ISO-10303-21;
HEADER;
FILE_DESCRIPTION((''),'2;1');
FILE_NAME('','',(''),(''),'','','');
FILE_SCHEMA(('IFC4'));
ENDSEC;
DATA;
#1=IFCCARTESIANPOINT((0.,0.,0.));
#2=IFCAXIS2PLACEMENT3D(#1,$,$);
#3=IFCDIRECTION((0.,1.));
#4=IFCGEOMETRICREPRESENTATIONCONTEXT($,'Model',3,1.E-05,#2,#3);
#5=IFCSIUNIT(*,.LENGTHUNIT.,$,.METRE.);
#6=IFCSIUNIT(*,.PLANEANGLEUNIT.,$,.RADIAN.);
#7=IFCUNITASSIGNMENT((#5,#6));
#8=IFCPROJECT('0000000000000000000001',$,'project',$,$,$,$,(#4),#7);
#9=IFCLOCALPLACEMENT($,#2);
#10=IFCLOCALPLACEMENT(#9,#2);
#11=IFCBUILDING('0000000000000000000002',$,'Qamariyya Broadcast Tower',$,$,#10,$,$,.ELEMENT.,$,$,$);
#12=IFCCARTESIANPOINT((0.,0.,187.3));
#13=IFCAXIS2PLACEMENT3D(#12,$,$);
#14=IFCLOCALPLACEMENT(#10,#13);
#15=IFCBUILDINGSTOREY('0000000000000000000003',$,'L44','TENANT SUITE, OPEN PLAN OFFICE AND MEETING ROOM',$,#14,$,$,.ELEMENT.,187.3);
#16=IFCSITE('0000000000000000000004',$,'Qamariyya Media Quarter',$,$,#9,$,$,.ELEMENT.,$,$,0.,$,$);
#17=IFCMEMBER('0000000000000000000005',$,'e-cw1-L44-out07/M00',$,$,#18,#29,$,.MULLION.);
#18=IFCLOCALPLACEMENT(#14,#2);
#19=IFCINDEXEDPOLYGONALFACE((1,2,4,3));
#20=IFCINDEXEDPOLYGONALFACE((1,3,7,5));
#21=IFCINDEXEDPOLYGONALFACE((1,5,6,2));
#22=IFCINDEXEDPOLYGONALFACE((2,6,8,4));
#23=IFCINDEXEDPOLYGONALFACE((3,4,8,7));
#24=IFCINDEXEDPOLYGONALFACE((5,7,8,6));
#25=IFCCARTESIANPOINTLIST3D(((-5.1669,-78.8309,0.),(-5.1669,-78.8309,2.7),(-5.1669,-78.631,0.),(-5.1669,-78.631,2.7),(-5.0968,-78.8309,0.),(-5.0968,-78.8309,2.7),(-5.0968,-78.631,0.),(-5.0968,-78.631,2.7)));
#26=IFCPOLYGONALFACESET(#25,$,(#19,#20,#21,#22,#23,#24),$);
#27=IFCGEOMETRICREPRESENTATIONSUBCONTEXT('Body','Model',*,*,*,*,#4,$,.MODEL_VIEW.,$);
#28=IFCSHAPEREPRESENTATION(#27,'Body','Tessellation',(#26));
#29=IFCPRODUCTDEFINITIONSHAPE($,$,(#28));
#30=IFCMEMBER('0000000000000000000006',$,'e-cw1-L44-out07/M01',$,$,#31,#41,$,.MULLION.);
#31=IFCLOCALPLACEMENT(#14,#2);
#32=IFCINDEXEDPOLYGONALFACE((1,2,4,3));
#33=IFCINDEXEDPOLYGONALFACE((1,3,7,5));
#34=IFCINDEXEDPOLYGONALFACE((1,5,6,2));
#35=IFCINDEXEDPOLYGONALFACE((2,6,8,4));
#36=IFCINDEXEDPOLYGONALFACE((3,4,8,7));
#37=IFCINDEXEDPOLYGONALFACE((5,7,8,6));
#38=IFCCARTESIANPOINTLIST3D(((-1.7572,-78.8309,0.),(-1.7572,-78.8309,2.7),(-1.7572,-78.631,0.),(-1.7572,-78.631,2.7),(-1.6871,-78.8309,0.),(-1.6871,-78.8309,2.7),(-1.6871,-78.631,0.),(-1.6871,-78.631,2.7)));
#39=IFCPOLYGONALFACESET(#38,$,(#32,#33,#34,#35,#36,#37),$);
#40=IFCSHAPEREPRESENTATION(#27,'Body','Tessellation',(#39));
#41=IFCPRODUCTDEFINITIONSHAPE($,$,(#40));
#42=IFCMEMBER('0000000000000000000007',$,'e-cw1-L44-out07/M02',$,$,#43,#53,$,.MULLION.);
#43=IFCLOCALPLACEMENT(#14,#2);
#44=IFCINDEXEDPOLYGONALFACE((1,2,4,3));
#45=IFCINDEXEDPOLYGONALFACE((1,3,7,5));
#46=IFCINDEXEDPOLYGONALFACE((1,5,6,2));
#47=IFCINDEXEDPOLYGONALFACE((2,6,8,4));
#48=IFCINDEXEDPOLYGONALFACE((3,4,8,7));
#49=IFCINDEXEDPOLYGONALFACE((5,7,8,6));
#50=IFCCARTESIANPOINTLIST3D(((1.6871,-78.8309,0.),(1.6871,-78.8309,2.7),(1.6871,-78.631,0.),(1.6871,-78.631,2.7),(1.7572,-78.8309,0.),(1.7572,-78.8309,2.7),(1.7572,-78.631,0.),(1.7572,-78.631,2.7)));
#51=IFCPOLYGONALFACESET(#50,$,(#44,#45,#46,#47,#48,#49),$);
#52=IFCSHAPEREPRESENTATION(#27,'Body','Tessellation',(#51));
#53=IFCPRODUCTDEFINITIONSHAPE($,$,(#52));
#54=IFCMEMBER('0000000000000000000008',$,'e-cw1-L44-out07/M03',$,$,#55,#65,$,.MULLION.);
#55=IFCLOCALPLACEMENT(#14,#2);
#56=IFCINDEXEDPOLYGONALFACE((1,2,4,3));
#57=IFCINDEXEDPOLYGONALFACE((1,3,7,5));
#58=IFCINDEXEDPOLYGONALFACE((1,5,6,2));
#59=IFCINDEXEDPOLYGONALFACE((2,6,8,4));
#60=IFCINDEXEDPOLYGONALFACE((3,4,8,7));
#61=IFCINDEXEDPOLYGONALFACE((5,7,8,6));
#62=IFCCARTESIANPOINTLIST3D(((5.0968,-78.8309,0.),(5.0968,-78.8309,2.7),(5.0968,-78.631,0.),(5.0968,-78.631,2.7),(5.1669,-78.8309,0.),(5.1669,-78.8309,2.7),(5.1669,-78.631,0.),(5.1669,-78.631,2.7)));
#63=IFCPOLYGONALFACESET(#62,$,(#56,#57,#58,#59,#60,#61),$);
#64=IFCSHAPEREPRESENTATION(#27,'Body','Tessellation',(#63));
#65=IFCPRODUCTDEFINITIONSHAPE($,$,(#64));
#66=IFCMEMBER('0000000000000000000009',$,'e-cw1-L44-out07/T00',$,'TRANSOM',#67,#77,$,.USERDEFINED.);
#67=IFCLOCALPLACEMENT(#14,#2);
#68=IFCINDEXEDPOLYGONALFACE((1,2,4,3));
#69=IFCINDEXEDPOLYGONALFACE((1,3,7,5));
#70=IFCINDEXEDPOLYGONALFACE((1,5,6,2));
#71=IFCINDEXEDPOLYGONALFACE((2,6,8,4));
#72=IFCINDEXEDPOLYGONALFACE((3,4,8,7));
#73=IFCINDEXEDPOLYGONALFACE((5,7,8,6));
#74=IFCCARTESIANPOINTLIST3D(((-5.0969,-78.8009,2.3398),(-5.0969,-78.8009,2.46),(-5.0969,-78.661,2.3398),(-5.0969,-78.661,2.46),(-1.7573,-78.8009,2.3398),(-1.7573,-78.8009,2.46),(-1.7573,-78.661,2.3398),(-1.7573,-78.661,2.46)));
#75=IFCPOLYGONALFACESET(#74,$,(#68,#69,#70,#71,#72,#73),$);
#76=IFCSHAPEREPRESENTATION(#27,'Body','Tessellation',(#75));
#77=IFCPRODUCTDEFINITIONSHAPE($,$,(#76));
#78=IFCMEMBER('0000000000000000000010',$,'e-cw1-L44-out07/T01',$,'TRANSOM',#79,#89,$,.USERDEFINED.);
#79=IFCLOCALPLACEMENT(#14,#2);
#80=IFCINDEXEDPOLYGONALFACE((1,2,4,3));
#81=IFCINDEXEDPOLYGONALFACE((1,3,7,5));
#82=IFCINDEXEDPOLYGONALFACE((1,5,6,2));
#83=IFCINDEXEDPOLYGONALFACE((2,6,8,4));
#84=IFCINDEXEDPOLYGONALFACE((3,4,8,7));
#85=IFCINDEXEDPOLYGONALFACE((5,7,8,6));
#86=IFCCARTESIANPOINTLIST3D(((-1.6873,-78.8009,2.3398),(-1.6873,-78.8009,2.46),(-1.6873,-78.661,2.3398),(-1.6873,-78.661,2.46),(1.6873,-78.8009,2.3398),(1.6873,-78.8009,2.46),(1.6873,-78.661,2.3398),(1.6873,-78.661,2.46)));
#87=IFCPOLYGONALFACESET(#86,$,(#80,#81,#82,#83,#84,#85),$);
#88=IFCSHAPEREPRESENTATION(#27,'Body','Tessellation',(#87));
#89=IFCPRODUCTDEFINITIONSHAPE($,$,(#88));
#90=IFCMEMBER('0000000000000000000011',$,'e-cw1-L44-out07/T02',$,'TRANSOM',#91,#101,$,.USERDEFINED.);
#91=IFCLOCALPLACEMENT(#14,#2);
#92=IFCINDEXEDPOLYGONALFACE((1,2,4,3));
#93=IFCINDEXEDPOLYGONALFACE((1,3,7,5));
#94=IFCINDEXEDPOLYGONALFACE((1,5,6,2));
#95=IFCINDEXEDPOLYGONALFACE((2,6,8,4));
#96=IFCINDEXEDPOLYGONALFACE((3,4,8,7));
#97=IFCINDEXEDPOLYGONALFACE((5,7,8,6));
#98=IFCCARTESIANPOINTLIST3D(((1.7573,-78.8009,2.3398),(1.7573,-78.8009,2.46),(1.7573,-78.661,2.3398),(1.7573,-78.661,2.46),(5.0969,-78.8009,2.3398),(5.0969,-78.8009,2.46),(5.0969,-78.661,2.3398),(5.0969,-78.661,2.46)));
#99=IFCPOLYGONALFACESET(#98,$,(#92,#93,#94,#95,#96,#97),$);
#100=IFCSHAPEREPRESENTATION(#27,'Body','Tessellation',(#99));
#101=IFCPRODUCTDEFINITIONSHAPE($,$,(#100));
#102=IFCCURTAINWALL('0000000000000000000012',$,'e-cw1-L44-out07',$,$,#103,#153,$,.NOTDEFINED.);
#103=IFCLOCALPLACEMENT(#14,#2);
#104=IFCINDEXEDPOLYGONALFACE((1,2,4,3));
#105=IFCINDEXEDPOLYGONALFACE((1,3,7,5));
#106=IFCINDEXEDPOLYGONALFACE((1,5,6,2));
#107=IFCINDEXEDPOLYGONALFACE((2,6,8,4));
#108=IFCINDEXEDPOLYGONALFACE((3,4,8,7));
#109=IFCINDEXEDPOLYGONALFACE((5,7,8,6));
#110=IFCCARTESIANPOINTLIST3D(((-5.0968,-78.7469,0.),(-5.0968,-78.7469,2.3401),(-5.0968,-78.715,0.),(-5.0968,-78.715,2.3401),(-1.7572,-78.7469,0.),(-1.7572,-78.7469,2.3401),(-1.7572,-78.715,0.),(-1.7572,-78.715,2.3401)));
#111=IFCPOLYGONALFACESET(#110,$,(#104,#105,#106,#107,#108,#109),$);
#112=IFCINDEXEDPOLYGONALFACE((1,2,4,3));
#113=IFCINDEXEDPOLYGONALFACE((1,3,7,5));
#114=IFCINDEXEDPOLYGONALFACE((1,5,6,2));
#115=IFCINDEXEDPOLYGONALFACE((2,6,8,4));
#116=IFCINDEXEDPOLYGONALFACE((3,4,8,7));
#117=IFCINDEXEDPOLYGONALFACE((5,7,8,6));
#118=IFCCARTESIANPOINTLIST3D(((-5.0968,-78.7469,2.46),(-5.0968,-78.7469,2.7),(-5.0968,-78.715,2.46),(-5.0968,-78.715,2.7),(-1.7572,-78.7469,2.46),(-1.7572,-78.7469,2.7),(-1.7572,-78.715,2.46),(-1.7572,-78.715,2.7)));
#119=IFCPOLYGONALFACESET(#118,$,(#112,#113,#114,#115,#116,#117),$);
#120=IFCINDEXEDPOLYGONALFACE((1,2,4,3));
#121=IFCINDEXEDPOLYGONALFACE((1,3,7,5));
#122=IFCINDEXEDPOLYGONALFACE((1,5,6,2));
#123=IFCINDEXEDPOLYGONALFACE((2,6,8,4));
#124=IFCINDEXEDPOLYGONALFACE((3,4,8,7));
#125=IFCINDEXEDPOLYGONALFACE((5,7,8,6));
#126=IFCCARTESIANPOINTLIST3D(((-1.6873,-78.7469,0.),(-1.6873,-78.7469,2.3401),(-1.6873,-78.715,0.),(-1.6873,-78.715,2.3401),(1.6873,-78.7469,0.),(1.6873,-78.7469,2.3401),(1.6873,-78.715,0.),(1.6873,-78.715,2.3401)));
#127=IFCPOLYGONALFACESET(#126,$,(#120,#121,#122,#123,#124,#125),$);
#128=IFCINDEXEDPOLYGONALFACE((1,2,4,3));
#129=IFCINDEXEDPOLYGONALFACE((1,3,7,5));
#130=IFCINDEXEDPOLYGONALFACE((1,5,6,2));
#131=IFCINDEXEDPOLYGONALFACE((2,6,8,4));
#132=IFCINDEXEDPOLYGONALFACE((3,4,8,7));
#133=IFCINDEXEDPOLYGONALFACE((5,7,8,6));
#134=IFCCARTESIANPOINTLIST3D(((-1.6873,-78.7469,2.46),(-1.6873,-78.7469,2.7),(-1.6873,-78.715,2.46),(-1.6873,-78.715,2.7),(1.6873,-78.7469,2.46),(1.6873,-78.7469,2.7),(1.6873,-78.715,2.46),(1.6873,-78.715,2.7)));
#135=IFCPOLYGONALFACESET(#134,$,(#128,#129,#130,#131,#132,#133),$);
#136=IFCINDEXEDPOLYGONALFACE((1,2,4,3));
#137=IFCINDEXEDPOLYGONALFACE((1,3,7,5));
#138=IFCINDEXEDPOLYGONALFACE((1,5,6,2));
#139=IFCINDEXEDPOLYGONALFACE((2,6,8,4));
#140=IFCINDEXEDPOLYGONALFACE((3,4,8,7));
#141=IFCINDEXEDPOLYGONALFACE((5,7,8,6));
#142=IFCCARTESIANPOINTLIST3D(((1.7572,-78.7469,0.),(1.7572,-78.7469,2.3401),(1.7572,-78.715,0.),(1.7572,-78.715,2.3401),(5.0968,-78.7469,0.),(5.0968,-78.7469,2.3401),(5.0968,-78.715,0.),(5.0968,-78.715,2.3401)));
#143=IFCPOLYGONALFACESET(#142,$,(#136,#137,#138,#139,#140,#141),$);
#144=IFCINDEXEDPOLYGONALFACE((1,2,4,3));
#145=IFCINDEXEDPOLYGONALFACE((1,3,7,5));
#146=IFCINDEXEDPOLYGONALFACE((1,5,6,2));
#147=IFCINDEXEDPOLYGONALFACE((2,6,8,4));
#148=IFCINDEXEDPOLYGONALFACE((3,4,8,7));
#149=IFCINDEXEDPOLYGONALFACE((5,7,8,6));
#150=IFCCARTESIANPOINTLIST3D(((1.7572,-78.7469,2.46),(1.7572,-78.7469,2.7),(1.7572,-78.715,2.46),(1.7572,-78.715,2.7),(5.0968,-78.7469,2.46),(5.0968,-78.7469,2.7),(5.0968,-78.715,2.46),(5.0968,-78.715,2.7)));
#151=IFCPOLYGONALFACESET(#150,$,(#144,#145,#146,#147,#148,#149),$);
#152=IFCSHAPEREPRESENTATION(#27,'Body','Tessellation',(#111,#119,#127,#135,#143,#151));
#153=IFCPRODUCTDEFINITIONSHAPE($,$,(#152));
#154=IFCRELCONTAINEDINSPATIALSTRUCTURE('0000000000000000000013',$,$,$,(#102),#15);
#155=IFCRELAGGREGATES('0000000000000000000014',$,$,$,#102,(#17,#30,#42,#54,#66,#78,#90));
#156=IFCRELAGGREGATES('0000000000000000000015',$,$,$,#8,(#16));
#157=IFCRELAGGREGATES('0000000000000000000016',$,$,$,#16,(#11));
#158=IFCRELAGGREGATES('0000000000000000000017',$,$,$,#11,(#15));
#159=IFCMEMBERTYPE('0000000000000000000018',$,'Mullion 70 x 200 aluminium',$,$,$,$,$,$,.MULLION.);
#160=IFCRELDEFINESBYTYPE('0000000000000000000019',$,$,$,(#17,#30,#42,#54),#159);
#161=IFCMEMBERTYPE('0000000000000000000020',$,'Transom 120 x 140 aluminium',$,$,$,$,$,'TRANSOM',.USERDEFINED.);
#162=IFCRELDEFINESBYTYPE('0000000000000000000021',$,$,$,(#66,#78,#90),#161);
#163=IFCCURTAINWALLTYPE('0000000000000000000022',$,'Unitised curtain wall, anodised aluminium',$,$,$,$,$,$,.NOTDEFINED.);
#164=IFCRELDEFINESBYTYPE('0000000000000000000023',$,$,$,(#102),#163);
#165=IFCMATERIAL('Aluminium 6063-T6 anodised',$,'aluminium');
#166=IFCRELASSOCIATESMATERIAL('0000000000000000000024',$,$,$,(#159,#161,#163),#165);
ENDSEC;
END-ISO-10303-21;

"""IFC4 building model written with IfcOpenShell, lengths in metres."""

from ifc_helpers import new_model, si_unit, direction, frame, origin, origin_2d, place, context, subcontext, project, spatial, rectangle, extrude, material, material_profile, profile_set, type_object, element, aggregate, save


model = new_model("IFC4")

# Units and contexts
model_context = context("Model", 3, precision=1e-05, world=origin(), true_north=direction((0.0, 1.0)))
body_context = subcontext(model_context, "Body", "Model", "MODEL_VIEW")
ifc_project = project(units=[si_unit("LENGTHUNIT", "METRE"), si_unit("PLANEANGLEUNIT", "RADIAN")], contexts=[model_context])

# Members
ifc_material = material(Name="Aluminium 6063-T6 anodised", Category="aluminium")
ifc_material_profile_1 = material_profile(ifc_material, rectangle(XDim=0.2, YDim=0.0701, at=origin_2d()))
ifc_profile_set_1 = profile_set([ifc_material_profile_1], Name="Aluminium 6063-T6 anodised")
member_type_1 = type_object("IfcMemberType", Name="Mullion 70 x 200 aluminium", PredefinedType="MULLION", material=ifc_profile_set_1)
site_placement = place(None, origin())
building_placement = place(site_placement, origin())
storey_placement = place(building_placement, frame((0.0, 0.0, 187.3)))
member_1_placement = place(storey_placement, frame((-5.1318, -78.731, 0.0), z_axis=(0.0, 0.0, 1.0), x_axis=(0.0, 1.0, 0.0)))
member_1 = element("IfcMember", 1, at=member_1_placement, type_object=member_type_1, Name="e-cw1-L44-out07/M00", PredefinedType="MULLION", context=body_context, shape_type="SweptSolid", body=[
    extrude(rectangle(XDim=0.2, YDim=0.0701, at=origin_2d()), origin(), (0.0, 0.0, 1.0), 2.7),
])
member_2_placement = place(storey_placement, frame((-1.7222, -78.731, 0.0), z_axis=(0.0, 0.0, 1.0), x_axis=(0.0, 1.0, 0.0)))
member_2 = element("IfcMember", 2, at=member_2_placement, type_object=member_type_1, Name="e-cw1-L44-out07/M01", PredefinedType="MULLION", context=body_context, shape_type="SweptSolid", body=[
    extrude(rectangle(XDim=0.2, YDim=0.0701, at=origin_2d()), origin(), (0.0, 0.0, 1.0), 2.7),
])
member_3_placement = place(storey_placement, frame((1.7222, -78.731, 0.0), z_axis=(0.0, 0.0, 1.0), x_axis=(0.0, 1.0, 0.0)))
member_3 = element("IfcMember", 3, at=member_3_placement, type_object=member_type_1, Name="e-cw1-L44-out07/M02", PredefinedType="MULLION", context=body_context, shape_type="SweptSolid", body=[
    extrude(rectangle(XDim=0.2, YDim=0.0701, at=origin_2d()), origin(), (0.0, 0.0, 1.0), 2.7),
])
member_4_placement = place(storey_placement, frame((5.1318, -78.731, 0.0), z_axis=(0.0, 0.0, 1.0), x_axis=(0.0, 1.0, 0.0)))
member_4 = element("IfcMember", 4, at=member_4_placement, type_object=member_type_1, Name="e-cw1-L44-out07/M03", PredefinedType="MULLION", context=body_context, shape_type="SweptSolid", body=[
    extrude(rectangle(XDim=0.2, YDim=0.0701, at=origin_2d()), origin(), (0.0, 0.0, 1.0), 2.7),
])
ifc_material_profile_2 = material_profile(ifc_material, rectangle(XDim=0.1399, YDim=0.1201, at=origin_2d()))
ifc_profile_set_2 = profile_set([ifc_material_profile_2], Name="Aluminium 6063-T6 anodised")
member_type_2 = type_object("IfcMemberType", Name="Transom 120 x 140 aluminium", ElementType="TRANSOM", PredefinedType="USERDEFINED", material=ifc_profile_set_2)
member_5_placement = place(storey_placement, frame((-5.0969, -78.731, 2.3999), z_axis=(1.0, 0.0, 0.0), x_axis=(0.0, 1.0, 0.0)))
member_5 = element("IfcMember", 5, at=member_5_placement, type_object=member_type_2, Name="e-cw1-L44-out07/T00", ObjectType="TRANSOM", PredefinedType="USERDEFINED", context=body_context, shape_type="SweptSolid", body=[
    extrude(rectangle(XDim=0.1399, YDim=0.1201, at=origin_2d()), origin(), (0.0, 0.0, 1.0), 3.3396),
])
member_6_placement = place(storey_placement, frame((-1.6873, -78.731, 2.3999), z_axis=(1.0, 0.0, 0.0), x_axis=(0.0, 1.0, 0.0)))
member_6 = element("IfcMember", 6, at=member_6_placement, type_object=member_type_2, Name="e-cw1-L44-out07/T01", ObjectType="TRANSOM", PredefinedType="USERDEFINED", context=body_context, shape_type="SweptSolid", body=[
    extrude(rectangle(XDim=0.1399, YDim=0.1201, at=origin_2d()), origin(), (0.0, 0.0, 1.0), 3.3745),
])
member_7_placement = place(storey_placement, frame((1.7573, -78.731, 2.3999), z_axis=(1.0, 0.0, 0.0), x_axis=(0.0, 1.0, 0.0)))
member_7 = element("IfcMember", 7, at=member_7_placement, type_object=member_type_2, Name="e-cw1-L44-out07/T02", ObjectType="TRANSOM", PredefinedType="USERDEFINED", context=body_context, shape_type="SweptSolid", body=[
    extrude(rectangle(XDim=0.1399, YDim=0.1201, at=origin_2d()), origin(), (0.0, 0.0, 1.0), 3.3396),
])

# Site, building, storey
site = spatial("IfcSite", under=ifc_project, at=site_placement, Name="Qamariyya Media Quarter", CompositionType="ELEMENT", RefElevation=0.0)
building = spatial("IfcBuilding", under=site, at=building_placement, Name="Qamariyya Broadcast Tower", CompositionType="ELEMENT")
storey = spatial("IfcBuildingStorey", under=building, at=storey_placement, Name="L44", Description="TENANT SUITE, OPEN PLAN OFFICE AND MEETING ROOM", CompositionType="ELEMENT", Elevation=187.3)

# Curtain wall
curtain_wall_type = type_object("IfcCurtainWallType", Name="Unitised curtain wall, anodised aluminium", PredefinedType="NOTDEFINED", material=ifc_material)
curtain_wall_1_placement = place(storey_placement, origin())
curtain_wall_1 = element("IfcCurtainWall", 8, at=curtain_wall_1_placement, inside=storey, type_object=curtain_wall_type, Name="e-cw1-L44-out07", PredefinedType="NOTDEFINED", context=body_context, shape_type="SweptSolid", body=[
    extrude(rectangle(XDim=3.3396, YDim=0.032, at=origin_2d()), frame((-3.427, -78.731, 0.0), x_axis=(1.0, 0.0, 0.0)), (0.0, 0.0, 1.0), 2.3401),
    extrude(rectangle(XDim=3.3396, YDim=0.032, at=origin_2d()), frame((-3.427, -78.731, 2.46), x_axis=(1.0, 0.0, 0.0)), (0.0, 0.0, 1.0), 0.24),
    extrude(rectangle(XDim=3.3745, YDim=0.032, at=origin_2d()), frame((0.0, -78.731, 0.0), x_axis=(1.0, 0.0, 0.0)), (0.0, 0.0, 1.0), 2.3401),
    extrude(rectangle(XDim=3.3745, YDim=0.032, at=origin_2d()), frame((0.0, -78.731, 2.46), x_axis=(1.0, 0.0, 0.0)), (0.0, 0.0, 1.0), 0.24),
    extrude(rectangle(XDim=3.3396, YDim=0.032, at=origin_2d()), frame((3.427, -78.731, 0.0), x_axis=(1.0, 0.0, 0.0)), (0.0, 0.0, 1.0), 2.3401),
    extrude(rectangle(XDim=3.3396, YDim=0.032, at=origin_2d()), frame((3.427, -78.731, 2.46), x_axis=(1.0, 0.0, 0.0)), (0.0, 0.0, 1.0), 0.24),
])
aggregate(curtain_wall_1, [member_1, member_2, member_3, member_4, member_5, member_6, member_7])

save(model, "model.ifc")
